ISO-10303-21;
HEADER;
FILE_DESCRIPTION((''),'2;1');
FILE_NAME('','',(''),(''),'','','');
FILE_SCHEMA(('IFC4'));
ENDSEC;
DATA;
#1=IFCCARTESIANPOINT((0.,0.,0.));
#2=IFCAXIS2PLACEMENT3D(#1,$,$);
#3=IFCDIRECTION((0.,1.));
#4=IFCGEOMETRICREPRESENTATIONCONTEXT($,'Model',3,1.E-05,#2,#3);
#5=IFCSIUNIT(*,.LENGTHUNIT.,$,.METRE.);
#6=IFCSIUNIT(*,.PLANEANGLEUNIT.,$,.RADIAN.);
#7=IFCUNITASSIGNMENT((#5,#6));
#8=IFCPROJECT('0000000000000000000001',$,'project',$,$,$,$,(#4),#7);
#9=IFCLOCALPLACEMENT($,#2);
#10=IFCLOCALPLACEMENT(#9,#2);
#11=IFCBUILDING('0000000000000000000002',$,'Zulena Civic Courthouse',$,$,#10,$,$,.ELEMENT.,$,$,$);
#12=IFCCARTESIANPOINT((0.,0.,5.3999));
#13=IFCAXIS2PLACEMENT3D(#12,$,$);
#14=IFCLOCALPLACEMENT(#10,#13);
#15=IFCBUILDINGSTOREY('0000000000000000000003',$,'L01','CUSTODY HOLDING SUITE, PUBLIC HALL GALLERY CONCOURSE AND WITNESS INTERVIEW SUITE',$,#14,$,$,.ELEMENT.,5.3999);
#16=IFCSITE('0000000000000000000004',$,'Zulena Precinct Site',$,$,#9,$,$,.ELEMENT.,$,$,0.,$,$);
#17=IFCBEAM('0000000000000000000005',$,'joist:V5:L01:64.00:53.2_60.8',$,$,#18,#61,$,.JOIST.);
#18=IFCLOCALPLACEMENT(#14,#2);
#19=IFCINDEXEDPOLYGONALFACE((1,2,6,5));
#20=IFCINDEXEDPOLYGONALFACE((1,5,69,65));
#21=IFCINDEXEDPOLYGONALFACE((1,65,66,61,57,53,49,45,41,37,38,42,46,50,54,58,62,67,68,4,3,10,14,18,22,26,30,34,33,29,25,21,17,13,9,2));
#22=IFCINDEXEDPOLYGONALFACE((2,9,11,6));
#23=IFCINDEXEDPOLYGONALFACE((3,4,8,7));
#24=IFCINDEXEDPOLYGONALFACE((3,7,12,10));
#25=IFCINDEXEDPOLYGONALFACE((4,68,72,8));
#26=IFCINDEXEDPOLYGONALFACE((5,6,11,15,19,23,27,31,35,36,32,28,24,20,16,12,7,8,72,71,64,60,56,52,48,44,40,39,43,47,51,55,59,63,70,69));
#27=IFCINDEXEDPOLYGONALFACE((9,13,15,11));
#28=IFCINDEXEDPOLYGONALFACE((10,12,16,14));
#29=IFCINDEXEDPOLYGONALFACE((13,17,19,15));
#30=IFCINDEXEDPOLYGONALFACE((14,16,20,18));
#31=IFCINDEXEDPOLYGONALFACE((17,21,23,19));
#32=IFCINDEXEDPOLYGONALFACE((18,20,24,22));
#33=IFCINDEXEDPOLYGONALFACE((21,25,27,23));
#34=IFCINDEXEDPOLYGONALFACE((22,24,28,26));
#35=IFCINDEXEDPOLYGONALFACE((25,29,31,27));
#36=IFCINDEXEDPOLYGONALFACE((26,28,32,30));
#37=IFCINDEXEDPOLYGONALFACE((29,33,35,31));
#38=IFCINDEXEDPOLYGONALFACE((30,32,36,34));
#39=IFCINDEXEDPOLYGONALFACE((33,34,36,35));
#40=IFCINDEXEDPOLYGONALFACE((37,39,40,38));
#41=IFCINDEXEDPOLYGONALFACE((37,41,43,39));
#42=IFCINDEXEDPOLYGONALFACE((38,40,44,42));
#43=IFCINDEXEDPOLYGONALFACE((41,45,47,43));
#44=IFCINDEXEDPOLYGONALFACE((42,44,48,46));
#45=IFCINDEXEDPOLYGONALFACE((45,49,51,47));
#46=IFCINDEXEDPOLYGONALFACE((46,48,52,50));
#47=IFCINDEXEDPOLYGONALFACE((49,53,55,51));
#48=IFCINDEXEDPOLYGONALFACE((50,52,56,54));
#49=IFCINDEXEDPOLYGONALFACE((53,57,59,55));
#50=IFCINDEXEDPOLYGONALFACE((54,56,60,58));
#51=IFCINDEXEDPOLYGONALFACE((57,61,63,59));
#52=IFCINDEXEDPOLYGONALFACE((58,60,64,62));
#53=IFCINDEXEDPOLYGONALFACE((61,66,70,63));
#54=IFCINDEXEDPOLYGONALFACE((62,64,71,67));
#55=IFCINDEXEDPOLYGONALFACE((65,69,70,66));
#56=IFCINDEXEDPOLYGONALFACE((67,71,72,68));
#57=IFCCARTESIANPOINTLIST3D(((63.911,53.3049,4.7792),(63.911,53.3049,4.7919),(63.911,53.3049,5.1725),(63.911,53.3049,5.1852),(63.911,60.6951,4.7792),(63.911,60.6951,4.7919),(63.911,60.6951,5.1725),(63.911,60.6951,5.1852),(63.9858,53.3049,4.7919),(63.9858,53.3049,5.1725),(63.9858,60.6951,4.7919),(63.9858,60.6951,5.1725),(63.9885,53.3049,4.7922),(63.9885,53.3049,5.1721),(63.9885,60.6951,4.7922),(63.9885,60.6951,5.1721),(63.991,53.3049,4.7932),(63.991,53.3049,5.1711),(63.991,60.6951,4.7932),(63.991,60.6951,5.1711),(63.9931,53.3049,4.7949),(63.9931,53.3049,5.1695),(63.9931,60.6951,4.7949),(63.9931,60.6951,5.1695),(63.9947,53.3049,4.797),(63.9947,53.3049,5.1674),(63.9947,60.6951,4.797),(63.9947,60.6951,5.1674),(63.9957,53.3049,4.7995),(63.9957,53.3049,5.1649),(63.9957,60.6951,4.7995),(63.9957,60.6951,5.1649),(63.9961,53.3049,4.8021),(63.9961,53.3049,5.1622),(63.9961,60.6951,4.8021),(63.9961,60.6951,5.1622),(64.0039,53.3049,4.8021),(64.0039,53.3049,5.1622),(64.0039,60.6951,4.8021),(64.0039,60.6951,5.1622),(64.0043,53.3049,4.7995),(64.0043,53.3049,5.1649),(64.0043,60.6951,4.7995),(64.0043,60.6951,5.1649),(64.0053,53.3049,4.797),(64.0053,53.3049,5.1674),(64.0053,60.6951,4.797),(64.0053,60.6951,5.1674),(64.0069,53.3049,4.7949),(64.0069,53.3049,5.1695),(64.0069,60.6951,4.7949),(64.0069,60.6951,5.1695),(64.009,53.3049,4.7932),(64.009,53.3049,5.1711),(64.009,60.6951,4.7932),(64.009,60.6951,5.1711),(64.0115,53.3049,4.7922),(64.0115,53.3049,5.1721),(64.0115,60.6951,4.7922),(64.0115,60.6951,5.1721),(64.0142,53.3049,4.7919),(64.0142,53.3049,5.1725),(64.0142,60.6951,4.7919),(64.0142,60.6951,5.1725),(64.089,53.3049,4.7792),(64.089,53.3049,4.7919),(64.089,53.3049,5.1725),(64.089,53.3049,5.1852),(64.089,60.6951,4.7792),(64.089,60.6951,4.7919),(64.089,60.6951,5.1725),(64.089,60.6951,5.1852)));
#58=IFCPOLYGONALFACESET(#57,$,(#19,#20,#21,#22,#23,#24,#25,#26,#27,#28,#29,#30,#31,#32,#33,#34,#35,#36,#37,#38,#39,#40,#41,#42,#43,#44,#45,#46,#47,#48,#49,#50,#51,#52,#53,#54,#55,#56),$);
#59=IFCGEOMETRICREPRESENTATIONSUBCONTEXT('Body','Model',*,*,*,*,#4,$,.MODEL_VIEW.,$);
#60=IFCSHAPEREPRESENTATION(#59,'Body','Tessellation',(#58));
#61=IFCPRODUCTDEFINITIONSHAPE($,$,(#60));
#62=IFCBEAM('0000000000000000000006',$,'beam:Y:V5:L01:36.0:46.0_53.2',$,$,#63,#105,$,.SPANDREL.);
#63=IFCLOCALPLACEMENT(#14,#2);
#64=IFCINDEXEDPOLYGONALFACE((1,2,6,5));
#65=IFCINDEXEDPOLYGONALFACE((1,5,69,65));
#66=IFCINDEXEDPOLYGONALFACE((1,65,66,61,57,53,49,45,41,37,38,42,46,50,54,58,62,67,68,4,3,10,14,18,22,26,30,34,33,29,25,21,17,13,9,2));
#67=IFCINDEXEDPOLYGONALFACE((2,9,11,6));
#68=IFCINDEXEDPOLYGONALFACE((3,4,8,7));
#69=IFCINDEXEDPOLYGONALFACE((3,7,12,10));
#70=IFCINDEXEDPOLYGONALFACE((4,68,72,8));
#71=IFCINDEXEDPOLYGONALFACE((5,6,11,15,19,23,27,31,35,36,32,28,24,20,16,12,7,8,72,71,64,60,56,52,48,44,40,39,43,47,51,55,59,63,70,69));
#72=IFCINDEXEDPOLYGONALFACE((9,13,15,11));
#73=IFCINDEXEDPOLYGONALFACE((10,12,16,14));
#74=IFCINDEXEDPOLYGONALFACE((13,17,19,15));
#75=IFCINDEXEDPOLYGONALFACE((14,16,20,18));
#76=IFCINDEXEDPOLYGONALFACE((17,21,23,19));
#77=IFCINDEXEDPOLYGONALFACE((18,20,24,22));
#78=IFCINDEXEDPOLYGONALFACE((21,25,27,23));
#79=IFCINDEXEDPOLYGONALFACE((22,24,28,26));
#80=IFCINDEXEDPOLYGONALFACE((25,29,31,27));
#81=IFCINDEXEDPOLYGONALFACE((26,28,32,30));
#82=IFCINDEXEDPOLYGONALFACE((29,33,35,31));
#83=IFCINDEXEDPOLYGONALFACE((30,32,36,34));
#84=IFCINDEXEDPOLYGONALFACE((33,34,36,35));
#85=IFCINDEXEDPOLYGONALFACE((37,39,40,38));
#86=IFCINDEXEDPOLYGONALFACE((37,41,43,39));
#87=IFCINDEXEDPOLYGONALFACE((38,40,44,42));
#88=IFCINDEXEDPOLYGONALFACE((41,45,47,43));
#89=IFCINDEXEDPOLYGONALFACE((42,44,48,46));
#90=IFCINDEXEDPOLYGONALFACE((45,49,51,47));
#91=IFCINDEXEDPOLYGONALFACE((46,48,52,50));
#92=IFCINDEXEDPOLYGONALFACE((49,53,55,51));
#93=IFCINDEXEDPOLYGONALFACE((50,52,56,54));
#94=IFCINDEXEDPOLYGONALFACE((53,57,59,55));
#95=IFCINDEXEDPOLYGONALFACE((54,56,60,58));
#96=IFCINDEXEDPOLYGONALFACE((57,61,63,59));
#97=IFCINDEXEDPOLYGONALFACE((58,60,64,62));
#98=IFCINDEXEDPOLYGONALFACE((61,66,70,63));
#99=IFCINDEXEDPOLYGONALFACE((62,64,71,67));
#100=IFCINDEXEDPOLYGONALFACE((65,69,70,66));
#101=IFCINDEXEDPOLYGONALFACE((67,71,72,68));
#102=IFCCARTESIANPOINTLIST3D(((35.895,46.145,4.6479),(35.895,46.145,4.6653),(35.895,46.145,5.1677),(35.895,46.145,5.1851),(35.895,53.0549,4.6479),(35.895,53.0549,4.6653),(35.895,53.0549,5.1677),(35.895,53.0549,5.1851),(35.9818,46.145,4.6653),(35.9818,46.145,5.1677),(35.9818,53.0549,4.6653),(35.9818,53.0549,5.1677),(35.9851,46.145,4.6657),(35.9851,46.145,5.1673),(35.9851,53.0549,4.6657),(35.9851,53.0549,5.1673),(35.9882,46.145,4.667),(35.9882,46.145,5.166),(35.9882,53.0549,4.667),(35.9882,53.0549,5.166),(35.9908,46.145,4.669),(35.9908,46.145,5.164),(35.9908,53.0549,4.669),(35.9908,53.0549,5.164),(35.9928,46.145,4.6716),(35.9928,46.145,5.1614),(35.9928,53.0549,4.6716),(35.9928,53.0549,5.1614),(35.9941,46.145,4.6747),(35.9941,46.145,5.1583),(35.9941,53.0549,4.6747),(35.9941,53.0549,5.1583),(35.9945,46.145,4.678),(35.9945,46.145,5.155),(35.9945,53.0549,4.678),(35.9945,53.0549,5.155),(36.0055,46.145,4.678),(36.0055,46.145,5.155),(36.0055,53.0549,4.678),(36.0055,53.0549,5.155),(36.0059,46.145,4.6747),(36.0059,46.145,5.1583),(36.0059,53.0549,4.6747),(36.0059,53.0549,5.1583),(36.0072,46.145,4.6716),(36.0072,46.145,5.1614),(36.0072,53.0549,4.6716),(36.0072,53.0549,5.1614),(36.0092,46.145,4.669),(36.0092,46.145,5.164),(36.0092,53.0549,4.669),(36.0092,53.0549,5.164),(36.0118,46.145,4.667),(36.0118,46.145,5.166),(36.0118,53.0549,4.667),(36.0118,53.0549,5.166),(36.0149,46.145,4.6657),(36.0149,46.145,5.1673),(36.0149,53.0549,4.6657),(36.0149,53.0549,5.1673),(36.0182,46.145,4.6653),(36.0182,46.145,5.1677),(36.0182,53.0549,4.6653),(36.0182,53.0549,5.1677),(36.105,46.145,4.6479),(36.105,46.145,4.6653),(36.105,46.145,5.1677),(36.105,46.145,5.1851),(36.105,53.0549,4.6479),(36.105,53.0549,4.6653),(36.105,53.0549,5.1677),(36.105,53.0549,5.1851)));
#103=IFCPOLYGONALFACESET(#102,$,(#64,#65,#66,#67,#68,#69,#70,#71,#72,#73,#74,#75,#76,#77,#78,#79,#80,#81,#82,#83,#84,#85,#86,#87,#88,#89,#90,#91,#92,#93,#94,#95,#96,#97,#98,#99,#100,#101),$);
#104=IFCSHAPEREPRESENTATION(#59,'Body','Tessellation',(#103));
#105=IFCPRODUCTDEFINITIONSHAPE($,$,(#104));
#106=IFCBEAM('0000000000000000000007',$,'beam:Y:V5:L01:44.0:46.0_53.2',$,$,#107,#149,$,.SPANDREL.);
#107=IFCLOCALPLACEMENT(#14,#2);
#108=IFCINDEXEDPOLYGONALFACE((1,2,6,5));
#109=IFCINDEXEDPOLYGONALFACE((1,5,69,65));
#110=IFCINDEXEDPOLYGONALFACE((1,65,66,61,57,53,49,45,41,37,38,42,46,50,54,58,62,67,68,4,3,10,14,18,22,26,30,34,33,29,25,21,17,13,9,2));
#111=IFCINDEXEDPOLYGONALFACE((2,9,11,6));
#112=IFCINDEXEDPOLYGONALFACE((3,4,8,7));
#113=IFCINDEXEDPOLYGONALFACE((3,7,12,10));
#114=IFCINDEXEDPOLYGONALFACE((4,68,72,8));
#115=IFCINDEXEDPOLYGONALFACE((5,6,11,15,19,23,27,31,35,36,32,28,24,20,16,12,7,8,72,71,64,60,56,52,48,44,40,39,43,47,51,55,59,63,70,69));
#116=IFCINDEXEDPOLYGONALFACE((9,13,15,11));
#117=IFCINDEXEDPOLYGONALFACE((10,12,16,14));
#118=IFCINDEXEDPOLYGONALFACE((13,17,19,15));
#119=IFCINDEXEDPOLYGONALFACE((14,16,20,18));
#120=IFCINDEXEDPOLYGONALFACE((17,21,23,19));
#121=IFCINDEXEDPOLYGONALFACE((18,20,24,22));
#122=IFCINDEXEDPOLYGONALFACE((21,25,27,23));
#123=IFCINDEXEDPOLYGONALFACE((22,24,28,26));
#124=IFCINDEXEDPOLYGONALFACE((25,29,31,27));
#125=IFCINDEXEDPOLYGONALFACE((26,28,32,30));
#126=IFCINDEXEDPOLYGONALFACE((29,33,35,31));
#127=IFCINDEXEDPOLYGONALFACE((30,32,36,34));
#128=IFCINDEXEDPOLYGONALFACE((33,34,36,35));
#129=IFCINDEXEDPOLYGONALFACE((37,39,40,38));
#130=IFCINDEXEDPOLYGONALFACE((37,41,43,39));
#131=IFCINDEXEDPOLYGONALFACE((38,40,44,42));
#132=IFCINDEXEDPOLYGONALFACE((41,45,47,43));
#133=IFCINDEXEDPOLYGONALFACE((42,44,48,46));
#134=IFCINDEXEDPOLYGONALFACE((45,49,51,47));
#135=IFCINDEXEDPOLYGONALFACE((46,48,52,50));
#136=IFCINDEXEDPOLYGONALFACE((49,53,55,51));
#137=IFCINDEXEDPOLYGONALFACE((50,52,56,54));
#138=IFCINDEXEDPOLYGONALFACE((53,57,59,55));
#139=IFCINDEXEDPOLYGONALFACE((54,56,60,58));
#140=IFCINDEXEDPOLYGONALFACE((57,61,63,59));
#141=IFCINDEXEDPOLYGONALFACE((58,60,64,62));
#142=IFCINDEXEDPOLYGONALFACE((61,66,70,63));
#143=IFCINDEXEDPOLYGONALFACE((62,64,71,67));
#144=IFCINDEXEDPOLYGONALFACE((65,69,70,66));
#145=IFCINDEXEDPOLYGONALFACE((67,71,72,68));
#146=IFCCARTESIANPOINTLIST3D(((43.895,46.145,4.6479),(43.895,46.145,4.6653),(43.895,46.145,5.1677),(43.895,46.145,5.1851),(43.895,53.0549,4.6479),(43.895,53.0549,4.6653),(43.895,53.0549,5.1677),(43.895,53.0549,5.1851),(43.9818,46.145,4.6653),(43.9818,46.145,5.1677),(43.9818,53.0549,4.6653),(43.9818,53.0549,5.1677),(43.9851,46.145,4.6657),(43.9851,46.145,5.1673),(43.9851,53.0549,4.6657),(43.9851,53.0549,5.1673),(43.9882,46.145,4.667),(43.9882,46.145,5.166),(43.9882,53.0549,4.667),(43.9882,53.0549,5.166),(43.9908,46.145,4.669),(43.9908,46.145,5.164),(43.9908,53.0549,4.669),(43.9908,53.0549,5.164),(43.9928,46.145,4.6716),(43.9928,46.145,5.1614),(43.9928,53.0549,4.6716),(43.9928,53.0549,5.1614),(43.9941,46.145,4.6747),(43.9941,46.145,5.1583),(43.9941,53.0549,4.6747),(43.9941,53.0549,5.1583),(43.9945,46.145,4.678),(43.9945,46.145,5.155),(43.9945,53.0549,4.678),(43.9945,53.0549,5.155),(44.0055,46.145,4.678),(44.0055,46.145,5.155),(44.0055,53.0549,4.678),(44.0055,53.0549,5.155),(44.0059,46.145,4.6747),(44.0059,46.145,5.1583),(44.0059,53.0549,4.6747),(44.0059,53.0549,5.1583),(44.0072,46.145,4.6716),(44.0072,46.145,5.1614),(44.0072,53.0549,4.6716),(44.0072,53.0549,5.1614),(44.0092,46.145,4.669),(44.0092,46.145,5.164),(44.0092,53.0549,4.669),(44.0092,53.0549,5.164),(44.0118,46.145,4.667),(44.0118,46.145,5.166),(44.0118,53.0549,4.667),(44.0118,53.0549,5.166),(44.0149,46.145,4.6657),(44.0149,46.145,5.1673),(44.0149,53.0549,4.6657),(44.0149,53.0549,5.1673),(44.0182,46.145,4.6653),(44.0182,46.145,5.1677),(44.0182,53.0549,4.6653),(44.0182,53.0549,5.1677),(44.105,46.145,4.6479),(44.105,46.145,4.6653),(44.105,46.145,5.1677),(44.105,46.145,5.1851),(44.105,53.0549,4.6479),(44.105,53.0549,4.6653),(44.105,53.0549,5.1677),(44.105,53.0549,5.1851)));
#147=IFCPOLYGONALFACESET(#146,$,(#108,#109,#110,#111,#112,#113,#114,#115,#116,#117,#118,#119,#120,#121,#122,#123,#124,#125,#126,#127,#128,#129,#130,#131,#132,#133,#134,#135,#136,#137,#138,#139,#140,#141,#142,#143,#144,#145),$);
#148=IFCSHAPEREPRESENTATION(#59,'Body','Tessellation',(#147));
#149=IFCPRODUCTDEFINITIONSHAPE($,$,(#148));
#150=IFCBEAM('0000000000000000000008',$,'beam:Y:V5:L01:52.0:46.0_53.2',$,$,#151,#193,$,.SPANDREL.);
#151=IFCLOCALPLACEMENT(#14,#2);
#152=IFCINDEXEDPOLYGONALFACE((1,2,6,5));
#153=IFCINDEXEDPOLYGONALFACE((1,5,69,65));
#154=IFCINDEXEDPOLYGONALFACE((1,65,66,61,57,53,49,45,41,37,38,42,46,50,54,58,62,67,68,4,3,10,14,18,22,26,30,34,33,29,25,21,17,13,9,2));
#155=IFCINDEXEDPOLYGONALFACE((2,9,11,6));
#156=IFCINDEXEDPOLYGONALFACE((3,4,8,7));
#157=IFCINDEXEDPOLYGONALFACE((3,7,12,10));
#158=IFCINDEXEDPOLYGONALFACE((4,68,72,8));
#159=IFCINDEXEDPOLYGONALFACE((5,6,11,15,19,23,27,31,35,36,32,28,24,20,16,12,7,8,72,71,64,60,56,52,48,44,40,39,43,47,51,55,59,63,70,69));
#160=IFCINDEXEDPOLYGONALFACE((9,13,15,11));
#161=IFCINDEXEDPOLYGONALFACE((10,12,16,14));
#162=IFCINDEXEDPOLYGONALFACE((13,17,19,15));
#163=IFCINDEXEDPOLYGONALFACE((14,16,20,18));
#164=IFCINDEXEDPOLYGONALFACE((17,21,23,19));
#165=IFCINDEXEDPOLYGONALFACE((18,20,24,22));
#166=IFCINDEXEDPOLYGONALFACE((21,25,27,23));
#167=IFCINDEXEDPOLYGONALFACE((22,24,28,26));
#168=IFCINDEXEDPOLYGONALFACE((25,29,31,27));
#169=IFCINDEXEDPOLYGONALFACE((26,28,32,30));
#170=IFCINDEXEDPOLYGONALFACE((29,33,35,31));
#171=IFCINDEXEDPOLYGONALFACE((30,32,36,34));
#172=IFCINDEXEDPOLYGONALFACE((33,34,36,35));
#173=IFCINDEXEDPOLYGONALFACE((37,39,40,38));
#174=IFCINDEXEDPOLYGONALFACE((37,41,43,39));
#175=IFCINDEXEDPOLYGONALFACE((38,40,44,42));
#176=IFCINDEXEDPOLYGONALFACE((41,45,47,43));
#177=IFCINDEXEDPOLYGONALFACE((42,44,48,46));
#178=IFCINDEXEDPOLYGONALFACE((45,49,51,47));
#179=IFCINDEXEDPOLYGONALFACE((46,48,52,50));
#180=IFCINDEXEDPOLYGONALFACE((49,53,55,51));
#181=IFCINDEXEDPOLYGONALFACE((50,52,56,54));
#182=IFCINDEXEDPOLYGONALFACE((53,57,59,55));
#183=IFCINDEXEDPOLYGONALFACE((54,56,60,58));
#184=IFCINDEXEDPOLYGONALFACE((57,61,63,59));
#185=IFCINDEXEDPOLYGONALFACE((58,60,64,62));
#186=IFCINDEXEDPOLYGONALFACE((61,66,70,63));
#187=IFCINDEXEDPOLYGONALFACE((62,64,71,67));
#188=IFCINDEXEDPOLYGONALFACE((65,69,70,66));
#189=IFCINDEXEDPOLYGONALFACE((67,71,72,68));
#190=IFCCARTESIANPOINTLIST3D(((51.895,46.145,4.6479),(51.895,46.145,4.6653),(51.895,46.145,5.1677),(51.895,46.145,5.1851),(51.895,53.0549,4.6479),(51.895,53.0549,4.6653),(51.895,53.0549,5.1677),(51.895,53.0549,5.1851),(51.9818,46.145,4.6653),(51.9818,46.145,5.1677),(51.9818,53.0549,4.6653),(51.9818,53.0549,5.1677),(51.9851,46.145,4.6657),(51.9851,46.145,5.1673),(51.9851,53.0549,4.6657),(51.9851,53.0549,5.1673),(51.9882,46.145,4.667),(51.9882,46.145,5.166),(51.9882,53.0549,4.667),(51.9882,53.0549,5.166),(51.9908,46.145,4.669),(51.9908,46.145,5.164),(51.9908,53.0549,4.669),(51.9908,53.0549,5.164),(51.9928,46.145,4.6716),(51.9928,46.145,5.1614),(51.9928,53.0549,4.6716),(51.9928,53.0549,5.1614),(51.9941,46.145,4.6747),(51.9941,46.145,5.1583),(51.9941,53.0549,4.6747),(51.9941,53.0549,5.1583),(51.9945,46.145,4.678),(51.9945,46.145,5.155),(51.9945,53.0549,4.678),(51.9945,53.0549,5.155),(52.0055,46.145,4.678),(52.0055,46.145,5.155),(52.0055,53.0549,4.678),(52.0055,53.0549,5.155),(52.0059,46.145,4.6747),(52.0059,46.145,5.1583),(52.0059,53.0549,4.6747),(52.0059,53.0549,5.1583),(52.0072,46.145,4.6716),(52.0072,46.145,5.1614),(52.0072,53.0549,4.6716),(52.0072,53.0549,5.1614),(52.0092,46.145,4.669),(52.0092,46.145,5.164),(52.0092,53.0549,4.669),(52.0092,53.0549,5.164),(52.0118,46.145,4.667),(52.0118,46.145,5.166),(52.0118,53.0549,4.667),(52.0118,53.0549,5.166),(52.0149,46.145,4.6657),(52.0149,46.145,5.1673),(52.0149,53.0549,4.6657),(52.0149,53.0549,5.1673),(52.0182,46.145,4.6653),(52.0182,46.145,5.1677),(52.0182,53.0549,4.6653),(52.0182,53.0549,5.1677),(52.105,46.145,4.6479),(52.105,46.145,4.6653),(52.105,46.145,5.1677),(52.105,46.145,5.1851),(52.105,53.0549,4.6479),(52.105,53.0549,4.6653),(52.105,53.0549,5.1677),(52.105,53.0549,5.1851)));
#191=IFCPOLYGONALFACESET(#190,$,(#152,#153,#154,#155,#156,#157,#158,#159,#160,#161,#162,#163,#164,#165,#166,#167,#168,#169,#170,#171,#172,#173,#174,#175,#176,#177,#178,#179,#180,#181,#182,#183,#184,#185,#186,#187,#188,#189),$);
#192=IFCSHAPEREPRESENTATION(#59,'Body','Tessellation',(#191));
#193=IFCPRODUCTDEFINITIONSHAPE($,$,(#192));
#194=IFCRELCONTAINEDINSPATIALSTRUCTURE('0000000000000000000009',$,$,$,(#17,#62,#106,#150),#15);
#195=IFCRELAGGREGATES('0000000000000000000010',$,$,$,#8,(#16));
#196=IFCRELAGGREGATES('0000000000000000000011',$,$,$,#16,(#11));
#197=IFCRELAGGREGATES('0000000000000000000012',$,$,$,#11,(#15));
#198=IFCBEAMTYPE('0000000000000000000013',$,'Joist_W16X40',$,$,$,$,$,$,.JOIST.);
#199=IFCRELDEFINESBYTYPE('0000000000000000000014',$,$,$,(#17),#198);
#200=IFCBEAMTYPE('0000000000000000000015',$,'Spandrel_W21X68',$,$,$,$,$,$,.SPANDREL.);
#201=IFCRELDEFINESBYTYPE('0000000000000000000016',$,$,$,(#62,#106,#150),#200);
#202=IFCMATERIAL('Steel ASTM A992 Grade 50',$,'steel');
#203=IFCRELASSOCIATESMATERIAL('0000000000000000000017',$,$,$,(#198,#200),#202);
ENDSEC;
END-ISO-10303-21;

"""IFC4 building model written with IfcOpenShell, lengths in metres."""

from ifc_helpers import new_model, si_unit, direction, frame, origin, origin_2d, place, context, subcontext, project, spatial, i_section, extrude, material, material_profile, profile_set, type_object, element, save


model = new_model("IFC4")

# Units and contexts
model_context = context("Model", 3, precision=1e-05, world=origin(), true_north=direction((0.0, 1.0)))
body_context = subcontext(model_context, "Body", "Model", "MODEL_VIEW")
ifc_project = project(units=[si_unit("LENGTHUNIT", "METRE"), si_unit("PLANEANGLEUNIT", "RADIAN")], contexts=[model_context])

# Site, building, storey
site_placement = place(None, origin())
site = spatial("IfcSite", under=ifc_project, at=site_placement, Name="Zulena Precinct Site", CompositionType="ELEMENT", RefElevation=0.0)
building_placement = place(site_placement, origin())
building = spatial("IfcBuilding", under=site, at=building_placement, Name="Zulena Civic Courthouse", CompositionType="ELEMENT")
storey_placement = place(building_placement, frame((0.0, 0.0, 5.3999)))
storey = spatial("IfcBuildingStorey", under=building, at=storey_placement, Name="L01", Description="CUSTODY HOLDING SUITE, PUBLIC HALL GALLERY CONCOURSE AND WITNESS INTERVIEW SUITE", CompositionType="ELEMENT", Elevation=5.3999)

# Shared definitions
ifc_material_1 = material(Name="Steel ASTM A992 Grade 50", Category="steel")

# Beams
ifc_material_profile_1 = material_profile(ifc_material_1, i_section(OverallWidth=0.178, OverallDepth=0.406, WebThickness=0.0078, FlangeThickness=0.0127, FilletRadius=0.0103, at=origin_2d()), Name="W16X40")
ifc_profile_set_1 = profile_set([ifc_material_profile_1], Name="Steel ASTM A992 Grade 50")
beam_type_1 = type_object("IfcBeamType", Name="Joist_W16X40", PredefinedType="JOIST", material=ifc_profile_set_1)
beam_1_placement = place(storey_placement, frame((64.0, 53.3049, 4.9822), z_axis=(0.0, 1.0, 0.0), x_axis=(-1.0, 0.0, 0.0)))
element("IfcBeam", 1, at=beam_1_placement, inside=storey, type_object=beam_type_1, Name="joist:V5:L01:64.00:53.2_60.8", PredefinedType="JOIST", context=body_context, shape_type="SweptSolid", body=[
    extrude(i_section(OverallWidth=0.178, OverallDepth=0.406, WebThickness=0.0078, FlangeThickness=0.0127, FilletRadius=0.0103, at=origin_2d()), origin(), (0.0, 0.0, 1.0), 7.3901),
])
ifc_material_profile_2 = material_profile(ifc_material_1, i_section(OverallWidth=0.21, OverallDepth=0.5371, WebThickness=0.011, FlangeThickness=0.0173, FilletRadius=0.0127, at=origin_2d()), Name="W21X68")
ifc_profile_set_2 = profile_set([ifc_material_profile_2], Name="Steel ASTM A992 Grade 50")
beam_type_2 = type_object("IfcBeamType", Name="Spandrel_W21X68", PredefinedType="SPANDREL", material=ifc_profile_set_2)
for number, where, z_axis, x_axis, name in (
    (2, (36.0, 46.145, 4.9165), (0.0, 1.0, 0.0), (-1.0, 0.0, 0.0), "beam:Y:V5:L01:36.0:46.0_53.2"),
    (3, (44.0, 46.145, 4.9165), (0.0, 1.0, 0.0), (-1.0, 0.0, 0.0), "beam:Y:V5:L01:44.0:46.0_53.2"),
    (4, (52.0, 46.145, 4.9165), (0.0, 1.0, 0.0), (-1.0, 0.0, 0.0), "beam:Y:V5:L01:52.0:46.0_53.2"),
):
    element("IfcBeam", number, at=place(storey_placement, frame(where, z_axis=z_axis, x_axis=x_axis)), inside=storey, type_object=beam_type_2, Name=name, PredefinedType="SPANDREL", context=body_context, shape_type="SweptSolid", body=[
        extrude(i_section(OverallWidth=0.21, OverallDepth=0.5371, WebThickness=0.011, FlangeThickness=0.0173, FilletRadius=0.0127, at=origin_2d()), origin(), (0.0, 0.0, 1.0), 6.9099),
    ])

save(model, "model.ifc")
